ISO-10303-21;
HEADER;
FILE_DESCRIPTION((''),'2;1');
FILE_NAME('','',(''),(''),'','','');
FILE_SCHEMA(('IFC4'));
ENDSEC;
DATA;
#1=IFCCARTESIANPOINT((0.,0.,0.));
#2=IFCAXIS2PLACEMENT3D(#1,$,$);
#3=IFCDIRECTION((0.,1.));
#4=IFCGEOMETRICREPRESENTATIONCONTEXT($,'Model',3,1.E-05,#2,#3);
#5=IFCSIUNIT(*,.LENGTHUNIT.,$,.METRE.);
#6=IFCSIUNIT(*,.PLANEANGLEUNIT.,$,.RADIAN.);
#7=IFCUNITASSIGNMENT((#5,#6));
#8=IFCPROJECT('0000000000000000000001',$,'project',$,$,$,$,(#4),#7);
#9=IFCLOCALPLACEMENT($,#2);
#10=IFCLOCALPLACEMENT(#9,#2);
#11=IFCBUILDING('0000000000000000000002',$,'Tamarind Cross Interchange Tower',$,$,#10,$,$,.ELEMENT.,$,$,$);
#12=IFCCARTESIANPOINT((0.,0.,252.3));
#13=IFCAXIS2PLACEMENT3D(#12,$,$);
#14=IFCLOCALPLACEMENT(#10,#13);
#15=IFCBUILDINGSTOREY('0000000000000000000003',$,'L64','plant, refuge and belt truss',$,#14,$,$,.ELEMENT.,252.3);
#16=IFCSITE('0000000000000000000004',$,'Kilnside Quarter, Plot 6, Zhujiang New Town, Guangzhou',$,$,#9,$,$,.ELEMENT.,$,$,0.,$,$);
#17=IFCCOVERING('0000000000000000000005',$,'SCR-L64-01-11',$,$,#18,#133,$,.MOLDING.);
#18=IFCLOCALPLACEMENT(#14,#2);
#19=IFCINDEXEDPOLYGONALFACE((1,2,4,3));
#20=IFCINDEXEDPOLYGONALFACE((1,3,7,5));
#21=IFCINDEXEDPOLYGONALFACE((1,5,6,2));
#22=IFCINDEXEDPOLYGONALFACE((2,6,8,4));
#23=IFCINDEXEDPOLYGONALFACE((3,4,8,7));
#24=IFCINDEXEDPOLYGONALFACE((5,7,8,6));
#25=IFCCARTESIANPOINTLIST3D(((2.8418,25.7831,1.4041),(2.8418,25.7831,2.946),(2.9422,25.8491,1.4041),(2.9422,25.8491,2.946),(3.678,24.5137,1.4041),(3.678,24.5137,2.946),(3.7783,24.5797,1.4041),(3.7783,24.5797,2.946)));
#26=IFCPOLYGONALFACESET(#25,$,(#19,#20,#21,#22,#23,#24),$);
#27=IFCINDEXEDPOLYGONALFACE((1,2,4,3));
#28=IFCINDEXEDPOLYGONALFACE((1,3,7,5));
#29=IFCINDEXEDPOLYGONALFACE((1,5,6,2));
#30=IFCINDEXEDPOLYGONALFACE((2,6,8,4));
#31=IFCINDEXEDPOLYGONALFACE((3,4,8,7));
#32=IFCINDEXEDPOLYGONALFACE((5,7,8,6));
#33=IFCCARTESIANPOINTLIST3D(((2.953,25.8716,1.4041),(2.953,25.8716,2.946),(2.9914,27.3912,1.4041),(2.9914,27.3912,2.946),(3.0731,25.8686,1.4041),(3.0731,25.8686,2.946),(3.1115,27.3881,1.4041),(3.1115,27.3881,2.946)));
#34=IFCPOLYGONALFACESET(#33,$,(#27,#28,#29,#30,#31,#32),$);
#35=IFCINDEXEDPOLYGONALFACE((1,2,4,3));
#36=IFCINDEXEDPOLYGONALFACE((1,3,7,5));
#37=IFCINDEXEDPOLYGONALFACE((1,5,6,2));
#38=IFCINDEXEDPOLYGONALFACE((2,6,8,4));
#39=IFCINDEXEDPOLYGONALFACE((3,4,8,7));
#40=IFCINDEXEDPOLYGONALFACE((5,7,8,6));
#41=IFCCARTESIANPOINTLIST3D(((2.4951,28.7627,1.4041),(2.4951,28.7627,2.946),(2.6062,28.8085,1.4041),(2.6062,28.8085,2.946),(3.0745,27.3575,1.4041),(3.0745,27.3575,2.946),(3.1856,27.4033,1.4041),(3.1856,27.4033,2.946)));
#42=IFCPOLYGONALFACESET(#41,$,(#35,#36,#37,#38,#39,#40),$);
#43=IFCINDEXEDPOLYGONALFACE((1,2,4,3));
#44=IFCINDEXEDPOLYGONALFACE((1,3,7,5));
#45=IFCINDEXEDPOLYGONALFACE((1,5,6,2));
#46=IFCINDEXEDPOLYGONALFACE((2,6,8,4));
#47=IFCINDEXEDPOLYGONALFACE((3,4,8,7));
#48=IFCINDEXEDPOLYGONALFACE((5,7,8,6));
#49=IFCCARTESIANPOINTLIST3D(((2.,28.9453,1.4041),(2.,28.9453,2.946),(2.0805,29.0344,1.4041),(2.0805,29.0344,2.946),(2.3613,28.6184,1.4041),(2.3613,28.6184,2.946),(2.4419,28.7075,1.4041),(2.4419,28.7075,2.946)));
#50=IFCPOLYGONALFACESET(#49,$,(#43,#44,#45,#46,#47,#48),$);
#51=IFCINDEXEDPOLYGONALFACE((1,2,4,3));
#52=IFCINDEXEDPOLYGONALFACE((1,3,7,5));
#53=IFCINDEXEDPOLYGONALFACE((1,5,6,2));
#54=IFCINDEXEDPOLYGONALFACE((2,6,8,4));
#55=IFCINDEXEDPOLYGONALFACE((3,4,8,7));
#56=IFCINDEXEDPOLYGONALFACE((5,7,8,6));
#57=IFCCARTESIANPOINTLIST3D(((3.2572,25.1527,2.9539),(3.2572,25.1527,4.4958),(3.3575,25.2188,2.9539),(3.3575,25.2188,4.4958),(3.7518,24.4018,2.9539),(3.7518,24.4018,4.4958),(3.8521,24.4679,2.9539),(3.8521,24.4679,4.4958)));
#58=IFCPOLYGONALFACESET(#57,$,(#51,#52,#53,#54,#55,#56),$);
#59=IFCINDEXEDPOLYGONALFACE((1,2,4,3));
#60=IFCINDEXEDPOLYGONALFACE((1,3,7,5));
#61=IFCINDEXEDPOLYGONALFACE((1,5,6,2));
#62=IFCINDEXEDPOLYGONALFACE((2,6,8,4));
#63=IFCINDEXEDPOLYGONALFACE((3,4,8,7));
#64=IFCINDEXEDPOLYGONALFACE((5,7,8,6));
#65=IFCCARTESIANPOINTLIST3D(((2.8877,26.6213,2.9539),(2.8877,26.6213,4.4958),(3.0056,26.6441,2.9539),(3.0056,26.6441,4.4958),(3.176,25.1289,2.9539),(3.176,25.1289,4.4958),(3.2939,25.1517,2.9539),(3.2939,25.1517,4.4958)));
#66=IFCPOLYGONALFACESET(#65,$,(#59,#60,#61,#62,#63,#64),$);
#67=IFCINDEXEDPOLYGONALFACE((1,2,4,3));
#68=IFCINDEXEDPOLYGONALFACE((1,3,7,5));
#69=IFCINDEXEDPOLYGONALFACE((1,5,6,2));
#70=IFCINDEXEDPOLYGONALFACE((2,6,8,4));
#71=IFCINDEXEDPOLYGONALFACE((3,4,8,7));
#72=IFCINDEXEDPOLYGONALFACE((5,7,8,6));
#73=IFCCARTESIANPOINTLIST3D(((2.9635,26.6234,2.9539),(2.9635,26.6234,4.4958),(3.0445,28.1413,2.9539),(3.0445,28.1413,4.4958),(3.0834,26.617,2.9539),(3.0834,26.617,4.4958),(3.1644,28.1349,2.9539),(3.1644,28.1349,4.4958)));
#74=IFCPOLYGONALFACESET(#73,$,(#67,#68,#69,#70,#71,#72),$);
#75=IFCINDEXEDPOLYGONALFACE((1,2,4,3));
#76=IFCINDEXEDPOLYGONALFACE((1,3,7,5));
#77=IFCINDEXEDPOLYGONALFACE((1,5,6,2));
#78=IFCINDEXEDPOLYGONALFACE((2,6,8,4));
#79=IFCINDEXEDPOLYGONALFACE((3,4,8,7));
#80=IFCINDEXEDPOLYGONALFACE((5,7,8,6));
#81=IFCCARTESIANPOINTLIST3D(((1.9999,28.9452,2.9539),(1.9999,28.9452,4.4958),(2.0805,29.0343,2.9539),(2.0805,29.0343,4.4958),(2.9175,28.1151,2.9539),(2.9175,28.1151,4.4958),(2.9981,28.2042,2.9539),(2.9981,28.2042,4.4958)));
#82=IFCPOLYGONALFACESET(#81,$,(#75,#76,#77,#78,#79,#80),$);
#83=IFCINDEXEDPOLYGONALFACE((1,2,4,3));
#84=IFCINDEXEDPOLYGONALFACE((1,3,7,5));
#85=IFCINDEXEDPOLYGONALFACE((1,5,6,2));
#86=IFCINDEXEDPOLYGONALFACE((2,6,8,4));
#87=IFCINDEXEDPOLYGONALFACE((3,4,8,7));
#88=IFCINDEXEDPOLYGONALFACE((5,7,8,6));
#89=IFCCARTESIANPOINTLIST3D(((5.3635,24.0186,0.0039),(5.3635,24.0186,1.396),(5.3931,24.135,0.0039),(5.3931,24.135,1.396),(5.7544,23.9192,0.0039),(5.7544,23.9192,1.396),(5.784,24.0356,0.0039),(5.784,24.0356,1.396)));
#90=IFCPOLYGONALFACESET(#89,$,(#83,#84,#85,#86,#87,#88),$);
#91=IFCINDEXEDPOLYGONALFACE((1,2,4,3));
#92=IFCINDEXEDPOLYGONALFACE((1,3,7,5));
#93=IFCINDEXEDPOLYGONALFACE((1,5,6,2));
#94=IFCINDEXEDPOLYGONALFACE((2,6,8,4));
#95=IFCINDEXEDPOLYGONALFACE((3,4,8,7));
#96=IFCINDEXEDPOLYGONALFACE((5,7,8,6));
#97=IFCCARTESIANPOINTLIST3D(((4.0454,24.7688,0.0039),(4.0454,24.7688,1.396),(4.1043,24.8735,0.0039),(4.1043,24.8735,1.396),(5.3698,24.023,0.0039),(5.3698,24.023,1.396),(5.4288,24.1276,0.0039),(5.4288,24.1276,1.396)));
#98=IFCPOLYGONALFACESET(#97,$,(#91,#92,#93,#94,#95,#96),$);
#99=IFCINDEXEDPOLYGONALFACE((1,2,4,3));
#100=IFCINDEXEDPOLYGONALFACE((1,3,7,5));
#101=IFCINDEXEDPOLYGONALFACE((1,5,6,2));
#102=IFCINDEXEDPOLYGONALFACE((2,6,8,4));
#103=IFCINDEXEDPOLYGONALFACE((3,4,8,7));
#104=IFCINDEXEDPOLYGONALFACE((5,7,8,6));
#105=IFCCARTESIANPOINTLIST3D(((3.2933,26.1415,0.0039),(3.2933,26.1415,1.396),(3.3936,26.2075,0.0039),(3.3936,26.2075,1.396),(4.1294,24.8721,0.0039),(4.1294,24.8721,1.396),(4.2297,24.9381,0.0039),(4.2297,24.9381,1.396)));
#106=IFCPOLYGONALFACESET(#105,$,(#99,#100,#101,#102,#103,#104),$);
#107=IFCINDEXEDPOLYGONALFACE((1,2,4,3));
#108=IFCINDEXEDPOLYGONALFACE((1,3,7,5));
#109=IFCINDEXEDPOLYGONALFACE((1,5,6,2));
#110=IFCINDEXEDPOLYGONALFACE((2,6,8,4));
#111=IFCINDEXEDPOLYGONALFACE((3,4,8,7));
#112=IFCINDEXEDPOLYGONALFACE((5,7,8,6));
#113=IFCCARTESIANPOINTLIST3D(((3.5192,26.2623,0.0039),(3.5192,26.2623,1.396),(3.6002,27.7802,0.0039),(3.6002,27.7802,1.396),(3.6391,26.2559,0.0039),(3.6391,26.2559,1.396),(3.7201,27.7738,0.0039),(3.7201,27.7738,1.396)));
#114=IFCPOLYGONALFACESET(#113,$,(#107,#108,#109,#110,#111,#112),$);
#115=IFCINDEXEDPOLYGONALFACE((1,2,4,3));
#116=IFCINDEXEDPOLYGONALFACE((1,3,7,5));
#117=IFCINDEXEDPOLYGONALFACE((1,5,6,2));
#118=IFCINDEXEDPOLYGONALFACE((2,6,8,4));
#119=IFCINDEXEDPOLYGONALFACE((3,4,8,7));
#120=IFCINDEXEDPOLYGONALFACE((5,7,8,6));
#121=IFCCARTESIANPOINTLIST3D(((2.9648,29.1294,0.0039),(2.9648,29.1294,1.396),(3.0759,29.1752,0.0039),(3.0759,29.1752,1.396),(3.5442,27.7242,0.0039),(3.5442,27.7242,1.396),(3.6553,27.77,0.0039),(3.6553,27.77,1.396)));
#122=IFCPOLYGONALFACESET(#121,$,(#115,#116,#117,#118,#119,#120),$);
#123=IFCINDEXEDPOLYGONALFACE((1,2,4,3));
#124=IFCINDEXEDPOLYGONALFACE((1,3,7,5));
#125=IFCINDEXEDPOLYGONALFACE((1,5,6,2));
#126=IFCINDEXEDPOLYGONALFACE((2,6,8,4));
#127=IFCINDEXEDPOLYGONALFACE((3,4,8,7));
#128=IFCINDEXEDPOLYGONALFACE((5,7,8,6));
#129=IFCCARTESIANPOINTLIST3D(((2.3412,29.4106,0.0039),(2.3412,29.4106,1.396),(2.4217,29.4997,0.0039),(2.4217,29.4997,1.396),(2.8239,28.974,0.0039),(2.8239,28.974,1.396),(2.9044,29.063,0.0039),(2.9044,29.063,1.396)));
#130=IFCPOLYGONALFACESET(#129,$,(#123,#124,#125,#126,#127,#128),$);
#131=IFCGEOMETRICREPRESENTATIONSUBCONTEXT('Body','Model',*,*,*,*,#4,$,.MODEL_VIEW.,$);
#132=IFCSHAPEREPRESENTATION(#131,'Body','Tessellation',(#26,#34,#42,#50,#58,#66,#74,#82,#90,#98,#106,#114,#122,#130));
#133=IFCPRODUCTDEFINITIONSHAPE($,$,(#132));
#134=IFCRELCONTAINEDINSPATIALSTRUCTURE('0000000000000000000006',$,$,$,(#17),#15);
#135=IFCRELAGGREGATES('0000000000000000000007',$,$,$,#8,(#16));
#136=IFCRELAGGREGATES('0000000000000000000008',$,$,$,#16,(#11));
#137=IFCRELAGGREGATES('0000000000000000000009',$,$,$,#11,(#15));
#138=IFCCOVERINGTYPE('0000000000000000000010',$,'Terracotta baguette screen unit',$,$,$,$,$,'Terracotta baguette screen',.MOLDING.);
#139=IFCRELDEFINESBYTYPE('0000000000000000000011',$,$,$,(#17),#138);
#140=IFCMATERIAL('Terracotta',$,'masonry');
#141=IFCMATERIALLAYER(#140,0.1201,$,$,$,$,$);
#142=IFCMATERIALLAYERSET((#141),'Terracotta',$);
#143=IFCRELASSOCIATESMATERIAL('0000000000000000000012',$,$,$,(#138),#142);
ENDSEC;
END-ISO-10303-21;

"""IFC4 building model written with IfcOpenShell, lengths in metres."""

from ifc_helpers import new_model, si_unit, direction, frame, origin, origin_2d, place, context, subcontext, project, spatial, rectangle, extrude, material, layer, layer_set, type_object, element, save


model = new_model("IFC4")

# Units and contexts
model_context = context("Model", 3, precision=1e-05, world=origin(), true_north=direction((0.0, 1.0)))
body_context = subcontext(model_context, "Body", "Model", "MODEL_VIEW")
ifc_project = project(units=[si_unit("LENGTHUNIT", "METRE"), si_unit("PLANEANGLEUNIT", "RADIAN")], contexts=[model_context])

# Site, building, storey
site_placement = place(None, origin())
site = spatial("IfcSite", under=ifc_project, at=site_placement, Name="Kilnside Quarter, Plot 6, Zhujiang New Town, Guangzhou", CompositionType="ELEMENT", RefElevation=0.0)
building_placement = place(site_placement, origin())
building = spatial("IfcBuilding", under=site, at=building_placement, Name="Tamarind Cross Interchange Tower", CompositionType="ELEMENT")
storey_placement = place(building_placement, frame((0.0, 0.0, 252.3)))
storey = spatial("IfcBuildingStorey", under=building, at=storey_placement, Name="L64", Description="plant, refuge and belt truss", CompositionType="ELEMENT", Elevation=252.3)

# Covering
ifc_material_1 = material(Name="Terracotta", Category="masonry")
ifc_layer_1 = layer(ifc_material_1, 0.1201)
ifc_layer_set_1 = layer_set([ifc_layer_1], Name="Terracotta")
covering_type = type_object("IfcCoveringType", Name="Terracotta baguette screen unit", ElementType="Terracotta baguette screen", PredefinedType="MOLDING", material=ifc_layer_set_1)
covering_1_placement = place(storey_placement, origin())
element("IfcCovering", 1, at=covering_1_placement, inside=storey, type_object=covering_type, Name="SCR-L64-01-11", PredefinedType="MOLDING", context=body_context, shape_type="SweptSolid", body=[
    extrude(rectangle(XDim=1.52, YDim=0.1201, at=origin_2d()), frame((3.3101, 25.1814, 1.4041), z_axis=(0.0, 0.0, 1.0), x_axis=(-0.550067, 0.83512, 0.0)), (0.0, 0.0, 1.0), 1.542),
    extrude(rectangle(XDim=1.52, YDim=0.1201, at=origin_2d()), frame((3.0322, 26.6299, 1.4041), z_axis=(0.0, 0.0, 1.0), x_axis=(0.025274, 0.999681, 0.0)), (0.0, 0.0, 1.0), 1.542),
    extrude(rectangle(XDim=1.52, YDim=0.1201, at=origin_2d()), frame((2.8403, 28.083, 1.4041), z_axis=(0.0, 0.0, 1.0), x_axis=(-0.381178, 0.924502, 0.0)), (0.0, 0.0, 1.0), 1.542),
    extrude(rectangle(XDim=0.4873, YDim=0.1201, at=origin_2d()), frame((2.2209, 28.8264, 1.4041), z_axis=(0.0, 0.0, 1.0), x_axis=(-0.741599, 0.670843, 0.0)), (0.0, 0.0, 1.0), 1.542),
    extrude(rectangle(XDim=0.8992, YDim=0.1201, at=origin_2d()), frame((3.5547, 24.8103, 2.9539), z_axis=(0.0, 0.0, 1.0), x_axis=(-0.550067, 0.83512, 0.0)), (0.0, 0.0, 1.0), 1.542),
    extrude(rectangle(XDim=1.52, YDim=0.1201, at=origin_2d()), frame((3.0908, 25.8865, 2.9539), z_axis=(0.0, 0.0, 1.0), x_axis=(-0.189665, 0.981849, 0.0)), (0.0, 0.0, 1.0), 1.542),
    extrude(rectangle(XDim=1.52, YDim=0.1201, at=origin_2d()), frame((3.064, 27.3792, 2.9539), z_axis=(0.0, 0.0, 1.0), x_axis=(0.053285, 0.998579, 0.0)), (0.0, 0.0, 1.0), 1.542),
    extrude(rectangle(XDim=1.2373, YDim=0.1201, at=origin_2d()), frame((2.499, 28.5747, 2.9539), z_axis=(0.0, 0.0, 1.0), x_axis=(-0.741599, 0.670843, 0.0)), (0.0, 0.0, 1.0), 1.542),
    extrude(rectangle(XDim=0.4033, YDim=0.1201, at=origin_2d()), frame((5.5737, 24.0271, 0.0039), z_axis=(0.0, 0.0, 1.0), x_axis=(-0.96919, 0.246315, 0.0)), (0.0, 0.0, 1.0), 1.3921),
    extrude(rectangle(XDim=1.52, YDim=0.1201, at=origin_2d()), frame((4.7371, 24.4482, 0.0039), z_axis=(0.0, 0.0, 1.0), x_axis=(-0.871335, 0.490689, 0.0)), (0.0, 0.0, 1.0), 1.3921),
    extrude(rectangle(XDim=1.52, YDim=0.1201, at=origin_2d()), frame((3.7615, 25.5398, 0.0039), z_axis=(0.0, 0.0, 1.0), x_axis=(-0.550067, 0.83512, 0.0)), (0.0, 0.0, 1.0), 1.3921),
    extrude(rectangle(XDim=1.52, YDim=0.1201, at=origin_2d()), frame((3.6196, 27.0181, 0.0039), z_axis=(0.0, 0.0, 1.0), x_axis=(0.053285, 0.998579, 0.0)), (0.0, 0.0, 1.0), 1.3921),
    extrude(rectangle(XDim=1.52, YDim=0.1201, at=origin_2d()), frame((3.3101, 28.4497, 0.0039), z_axis=(0.0, 0.0, 1.0), x_axis=(-0.381178, 0.924502, 0.0)), (0.0, 0.0, 1.0), 1.3921),
    extrude(rectangle(XDim=0.6509, YDim=0.1201, at=origin_2d()), frame((2.6228, 29.2368, 0.0039), z_axis=(0.0, 0.0, 1.0), x_axis=(-0.741599, 0.670843, 0.0)), (0.0, 0.0, 1.0), 1.3921),
])

save(model, "model.ifc")
